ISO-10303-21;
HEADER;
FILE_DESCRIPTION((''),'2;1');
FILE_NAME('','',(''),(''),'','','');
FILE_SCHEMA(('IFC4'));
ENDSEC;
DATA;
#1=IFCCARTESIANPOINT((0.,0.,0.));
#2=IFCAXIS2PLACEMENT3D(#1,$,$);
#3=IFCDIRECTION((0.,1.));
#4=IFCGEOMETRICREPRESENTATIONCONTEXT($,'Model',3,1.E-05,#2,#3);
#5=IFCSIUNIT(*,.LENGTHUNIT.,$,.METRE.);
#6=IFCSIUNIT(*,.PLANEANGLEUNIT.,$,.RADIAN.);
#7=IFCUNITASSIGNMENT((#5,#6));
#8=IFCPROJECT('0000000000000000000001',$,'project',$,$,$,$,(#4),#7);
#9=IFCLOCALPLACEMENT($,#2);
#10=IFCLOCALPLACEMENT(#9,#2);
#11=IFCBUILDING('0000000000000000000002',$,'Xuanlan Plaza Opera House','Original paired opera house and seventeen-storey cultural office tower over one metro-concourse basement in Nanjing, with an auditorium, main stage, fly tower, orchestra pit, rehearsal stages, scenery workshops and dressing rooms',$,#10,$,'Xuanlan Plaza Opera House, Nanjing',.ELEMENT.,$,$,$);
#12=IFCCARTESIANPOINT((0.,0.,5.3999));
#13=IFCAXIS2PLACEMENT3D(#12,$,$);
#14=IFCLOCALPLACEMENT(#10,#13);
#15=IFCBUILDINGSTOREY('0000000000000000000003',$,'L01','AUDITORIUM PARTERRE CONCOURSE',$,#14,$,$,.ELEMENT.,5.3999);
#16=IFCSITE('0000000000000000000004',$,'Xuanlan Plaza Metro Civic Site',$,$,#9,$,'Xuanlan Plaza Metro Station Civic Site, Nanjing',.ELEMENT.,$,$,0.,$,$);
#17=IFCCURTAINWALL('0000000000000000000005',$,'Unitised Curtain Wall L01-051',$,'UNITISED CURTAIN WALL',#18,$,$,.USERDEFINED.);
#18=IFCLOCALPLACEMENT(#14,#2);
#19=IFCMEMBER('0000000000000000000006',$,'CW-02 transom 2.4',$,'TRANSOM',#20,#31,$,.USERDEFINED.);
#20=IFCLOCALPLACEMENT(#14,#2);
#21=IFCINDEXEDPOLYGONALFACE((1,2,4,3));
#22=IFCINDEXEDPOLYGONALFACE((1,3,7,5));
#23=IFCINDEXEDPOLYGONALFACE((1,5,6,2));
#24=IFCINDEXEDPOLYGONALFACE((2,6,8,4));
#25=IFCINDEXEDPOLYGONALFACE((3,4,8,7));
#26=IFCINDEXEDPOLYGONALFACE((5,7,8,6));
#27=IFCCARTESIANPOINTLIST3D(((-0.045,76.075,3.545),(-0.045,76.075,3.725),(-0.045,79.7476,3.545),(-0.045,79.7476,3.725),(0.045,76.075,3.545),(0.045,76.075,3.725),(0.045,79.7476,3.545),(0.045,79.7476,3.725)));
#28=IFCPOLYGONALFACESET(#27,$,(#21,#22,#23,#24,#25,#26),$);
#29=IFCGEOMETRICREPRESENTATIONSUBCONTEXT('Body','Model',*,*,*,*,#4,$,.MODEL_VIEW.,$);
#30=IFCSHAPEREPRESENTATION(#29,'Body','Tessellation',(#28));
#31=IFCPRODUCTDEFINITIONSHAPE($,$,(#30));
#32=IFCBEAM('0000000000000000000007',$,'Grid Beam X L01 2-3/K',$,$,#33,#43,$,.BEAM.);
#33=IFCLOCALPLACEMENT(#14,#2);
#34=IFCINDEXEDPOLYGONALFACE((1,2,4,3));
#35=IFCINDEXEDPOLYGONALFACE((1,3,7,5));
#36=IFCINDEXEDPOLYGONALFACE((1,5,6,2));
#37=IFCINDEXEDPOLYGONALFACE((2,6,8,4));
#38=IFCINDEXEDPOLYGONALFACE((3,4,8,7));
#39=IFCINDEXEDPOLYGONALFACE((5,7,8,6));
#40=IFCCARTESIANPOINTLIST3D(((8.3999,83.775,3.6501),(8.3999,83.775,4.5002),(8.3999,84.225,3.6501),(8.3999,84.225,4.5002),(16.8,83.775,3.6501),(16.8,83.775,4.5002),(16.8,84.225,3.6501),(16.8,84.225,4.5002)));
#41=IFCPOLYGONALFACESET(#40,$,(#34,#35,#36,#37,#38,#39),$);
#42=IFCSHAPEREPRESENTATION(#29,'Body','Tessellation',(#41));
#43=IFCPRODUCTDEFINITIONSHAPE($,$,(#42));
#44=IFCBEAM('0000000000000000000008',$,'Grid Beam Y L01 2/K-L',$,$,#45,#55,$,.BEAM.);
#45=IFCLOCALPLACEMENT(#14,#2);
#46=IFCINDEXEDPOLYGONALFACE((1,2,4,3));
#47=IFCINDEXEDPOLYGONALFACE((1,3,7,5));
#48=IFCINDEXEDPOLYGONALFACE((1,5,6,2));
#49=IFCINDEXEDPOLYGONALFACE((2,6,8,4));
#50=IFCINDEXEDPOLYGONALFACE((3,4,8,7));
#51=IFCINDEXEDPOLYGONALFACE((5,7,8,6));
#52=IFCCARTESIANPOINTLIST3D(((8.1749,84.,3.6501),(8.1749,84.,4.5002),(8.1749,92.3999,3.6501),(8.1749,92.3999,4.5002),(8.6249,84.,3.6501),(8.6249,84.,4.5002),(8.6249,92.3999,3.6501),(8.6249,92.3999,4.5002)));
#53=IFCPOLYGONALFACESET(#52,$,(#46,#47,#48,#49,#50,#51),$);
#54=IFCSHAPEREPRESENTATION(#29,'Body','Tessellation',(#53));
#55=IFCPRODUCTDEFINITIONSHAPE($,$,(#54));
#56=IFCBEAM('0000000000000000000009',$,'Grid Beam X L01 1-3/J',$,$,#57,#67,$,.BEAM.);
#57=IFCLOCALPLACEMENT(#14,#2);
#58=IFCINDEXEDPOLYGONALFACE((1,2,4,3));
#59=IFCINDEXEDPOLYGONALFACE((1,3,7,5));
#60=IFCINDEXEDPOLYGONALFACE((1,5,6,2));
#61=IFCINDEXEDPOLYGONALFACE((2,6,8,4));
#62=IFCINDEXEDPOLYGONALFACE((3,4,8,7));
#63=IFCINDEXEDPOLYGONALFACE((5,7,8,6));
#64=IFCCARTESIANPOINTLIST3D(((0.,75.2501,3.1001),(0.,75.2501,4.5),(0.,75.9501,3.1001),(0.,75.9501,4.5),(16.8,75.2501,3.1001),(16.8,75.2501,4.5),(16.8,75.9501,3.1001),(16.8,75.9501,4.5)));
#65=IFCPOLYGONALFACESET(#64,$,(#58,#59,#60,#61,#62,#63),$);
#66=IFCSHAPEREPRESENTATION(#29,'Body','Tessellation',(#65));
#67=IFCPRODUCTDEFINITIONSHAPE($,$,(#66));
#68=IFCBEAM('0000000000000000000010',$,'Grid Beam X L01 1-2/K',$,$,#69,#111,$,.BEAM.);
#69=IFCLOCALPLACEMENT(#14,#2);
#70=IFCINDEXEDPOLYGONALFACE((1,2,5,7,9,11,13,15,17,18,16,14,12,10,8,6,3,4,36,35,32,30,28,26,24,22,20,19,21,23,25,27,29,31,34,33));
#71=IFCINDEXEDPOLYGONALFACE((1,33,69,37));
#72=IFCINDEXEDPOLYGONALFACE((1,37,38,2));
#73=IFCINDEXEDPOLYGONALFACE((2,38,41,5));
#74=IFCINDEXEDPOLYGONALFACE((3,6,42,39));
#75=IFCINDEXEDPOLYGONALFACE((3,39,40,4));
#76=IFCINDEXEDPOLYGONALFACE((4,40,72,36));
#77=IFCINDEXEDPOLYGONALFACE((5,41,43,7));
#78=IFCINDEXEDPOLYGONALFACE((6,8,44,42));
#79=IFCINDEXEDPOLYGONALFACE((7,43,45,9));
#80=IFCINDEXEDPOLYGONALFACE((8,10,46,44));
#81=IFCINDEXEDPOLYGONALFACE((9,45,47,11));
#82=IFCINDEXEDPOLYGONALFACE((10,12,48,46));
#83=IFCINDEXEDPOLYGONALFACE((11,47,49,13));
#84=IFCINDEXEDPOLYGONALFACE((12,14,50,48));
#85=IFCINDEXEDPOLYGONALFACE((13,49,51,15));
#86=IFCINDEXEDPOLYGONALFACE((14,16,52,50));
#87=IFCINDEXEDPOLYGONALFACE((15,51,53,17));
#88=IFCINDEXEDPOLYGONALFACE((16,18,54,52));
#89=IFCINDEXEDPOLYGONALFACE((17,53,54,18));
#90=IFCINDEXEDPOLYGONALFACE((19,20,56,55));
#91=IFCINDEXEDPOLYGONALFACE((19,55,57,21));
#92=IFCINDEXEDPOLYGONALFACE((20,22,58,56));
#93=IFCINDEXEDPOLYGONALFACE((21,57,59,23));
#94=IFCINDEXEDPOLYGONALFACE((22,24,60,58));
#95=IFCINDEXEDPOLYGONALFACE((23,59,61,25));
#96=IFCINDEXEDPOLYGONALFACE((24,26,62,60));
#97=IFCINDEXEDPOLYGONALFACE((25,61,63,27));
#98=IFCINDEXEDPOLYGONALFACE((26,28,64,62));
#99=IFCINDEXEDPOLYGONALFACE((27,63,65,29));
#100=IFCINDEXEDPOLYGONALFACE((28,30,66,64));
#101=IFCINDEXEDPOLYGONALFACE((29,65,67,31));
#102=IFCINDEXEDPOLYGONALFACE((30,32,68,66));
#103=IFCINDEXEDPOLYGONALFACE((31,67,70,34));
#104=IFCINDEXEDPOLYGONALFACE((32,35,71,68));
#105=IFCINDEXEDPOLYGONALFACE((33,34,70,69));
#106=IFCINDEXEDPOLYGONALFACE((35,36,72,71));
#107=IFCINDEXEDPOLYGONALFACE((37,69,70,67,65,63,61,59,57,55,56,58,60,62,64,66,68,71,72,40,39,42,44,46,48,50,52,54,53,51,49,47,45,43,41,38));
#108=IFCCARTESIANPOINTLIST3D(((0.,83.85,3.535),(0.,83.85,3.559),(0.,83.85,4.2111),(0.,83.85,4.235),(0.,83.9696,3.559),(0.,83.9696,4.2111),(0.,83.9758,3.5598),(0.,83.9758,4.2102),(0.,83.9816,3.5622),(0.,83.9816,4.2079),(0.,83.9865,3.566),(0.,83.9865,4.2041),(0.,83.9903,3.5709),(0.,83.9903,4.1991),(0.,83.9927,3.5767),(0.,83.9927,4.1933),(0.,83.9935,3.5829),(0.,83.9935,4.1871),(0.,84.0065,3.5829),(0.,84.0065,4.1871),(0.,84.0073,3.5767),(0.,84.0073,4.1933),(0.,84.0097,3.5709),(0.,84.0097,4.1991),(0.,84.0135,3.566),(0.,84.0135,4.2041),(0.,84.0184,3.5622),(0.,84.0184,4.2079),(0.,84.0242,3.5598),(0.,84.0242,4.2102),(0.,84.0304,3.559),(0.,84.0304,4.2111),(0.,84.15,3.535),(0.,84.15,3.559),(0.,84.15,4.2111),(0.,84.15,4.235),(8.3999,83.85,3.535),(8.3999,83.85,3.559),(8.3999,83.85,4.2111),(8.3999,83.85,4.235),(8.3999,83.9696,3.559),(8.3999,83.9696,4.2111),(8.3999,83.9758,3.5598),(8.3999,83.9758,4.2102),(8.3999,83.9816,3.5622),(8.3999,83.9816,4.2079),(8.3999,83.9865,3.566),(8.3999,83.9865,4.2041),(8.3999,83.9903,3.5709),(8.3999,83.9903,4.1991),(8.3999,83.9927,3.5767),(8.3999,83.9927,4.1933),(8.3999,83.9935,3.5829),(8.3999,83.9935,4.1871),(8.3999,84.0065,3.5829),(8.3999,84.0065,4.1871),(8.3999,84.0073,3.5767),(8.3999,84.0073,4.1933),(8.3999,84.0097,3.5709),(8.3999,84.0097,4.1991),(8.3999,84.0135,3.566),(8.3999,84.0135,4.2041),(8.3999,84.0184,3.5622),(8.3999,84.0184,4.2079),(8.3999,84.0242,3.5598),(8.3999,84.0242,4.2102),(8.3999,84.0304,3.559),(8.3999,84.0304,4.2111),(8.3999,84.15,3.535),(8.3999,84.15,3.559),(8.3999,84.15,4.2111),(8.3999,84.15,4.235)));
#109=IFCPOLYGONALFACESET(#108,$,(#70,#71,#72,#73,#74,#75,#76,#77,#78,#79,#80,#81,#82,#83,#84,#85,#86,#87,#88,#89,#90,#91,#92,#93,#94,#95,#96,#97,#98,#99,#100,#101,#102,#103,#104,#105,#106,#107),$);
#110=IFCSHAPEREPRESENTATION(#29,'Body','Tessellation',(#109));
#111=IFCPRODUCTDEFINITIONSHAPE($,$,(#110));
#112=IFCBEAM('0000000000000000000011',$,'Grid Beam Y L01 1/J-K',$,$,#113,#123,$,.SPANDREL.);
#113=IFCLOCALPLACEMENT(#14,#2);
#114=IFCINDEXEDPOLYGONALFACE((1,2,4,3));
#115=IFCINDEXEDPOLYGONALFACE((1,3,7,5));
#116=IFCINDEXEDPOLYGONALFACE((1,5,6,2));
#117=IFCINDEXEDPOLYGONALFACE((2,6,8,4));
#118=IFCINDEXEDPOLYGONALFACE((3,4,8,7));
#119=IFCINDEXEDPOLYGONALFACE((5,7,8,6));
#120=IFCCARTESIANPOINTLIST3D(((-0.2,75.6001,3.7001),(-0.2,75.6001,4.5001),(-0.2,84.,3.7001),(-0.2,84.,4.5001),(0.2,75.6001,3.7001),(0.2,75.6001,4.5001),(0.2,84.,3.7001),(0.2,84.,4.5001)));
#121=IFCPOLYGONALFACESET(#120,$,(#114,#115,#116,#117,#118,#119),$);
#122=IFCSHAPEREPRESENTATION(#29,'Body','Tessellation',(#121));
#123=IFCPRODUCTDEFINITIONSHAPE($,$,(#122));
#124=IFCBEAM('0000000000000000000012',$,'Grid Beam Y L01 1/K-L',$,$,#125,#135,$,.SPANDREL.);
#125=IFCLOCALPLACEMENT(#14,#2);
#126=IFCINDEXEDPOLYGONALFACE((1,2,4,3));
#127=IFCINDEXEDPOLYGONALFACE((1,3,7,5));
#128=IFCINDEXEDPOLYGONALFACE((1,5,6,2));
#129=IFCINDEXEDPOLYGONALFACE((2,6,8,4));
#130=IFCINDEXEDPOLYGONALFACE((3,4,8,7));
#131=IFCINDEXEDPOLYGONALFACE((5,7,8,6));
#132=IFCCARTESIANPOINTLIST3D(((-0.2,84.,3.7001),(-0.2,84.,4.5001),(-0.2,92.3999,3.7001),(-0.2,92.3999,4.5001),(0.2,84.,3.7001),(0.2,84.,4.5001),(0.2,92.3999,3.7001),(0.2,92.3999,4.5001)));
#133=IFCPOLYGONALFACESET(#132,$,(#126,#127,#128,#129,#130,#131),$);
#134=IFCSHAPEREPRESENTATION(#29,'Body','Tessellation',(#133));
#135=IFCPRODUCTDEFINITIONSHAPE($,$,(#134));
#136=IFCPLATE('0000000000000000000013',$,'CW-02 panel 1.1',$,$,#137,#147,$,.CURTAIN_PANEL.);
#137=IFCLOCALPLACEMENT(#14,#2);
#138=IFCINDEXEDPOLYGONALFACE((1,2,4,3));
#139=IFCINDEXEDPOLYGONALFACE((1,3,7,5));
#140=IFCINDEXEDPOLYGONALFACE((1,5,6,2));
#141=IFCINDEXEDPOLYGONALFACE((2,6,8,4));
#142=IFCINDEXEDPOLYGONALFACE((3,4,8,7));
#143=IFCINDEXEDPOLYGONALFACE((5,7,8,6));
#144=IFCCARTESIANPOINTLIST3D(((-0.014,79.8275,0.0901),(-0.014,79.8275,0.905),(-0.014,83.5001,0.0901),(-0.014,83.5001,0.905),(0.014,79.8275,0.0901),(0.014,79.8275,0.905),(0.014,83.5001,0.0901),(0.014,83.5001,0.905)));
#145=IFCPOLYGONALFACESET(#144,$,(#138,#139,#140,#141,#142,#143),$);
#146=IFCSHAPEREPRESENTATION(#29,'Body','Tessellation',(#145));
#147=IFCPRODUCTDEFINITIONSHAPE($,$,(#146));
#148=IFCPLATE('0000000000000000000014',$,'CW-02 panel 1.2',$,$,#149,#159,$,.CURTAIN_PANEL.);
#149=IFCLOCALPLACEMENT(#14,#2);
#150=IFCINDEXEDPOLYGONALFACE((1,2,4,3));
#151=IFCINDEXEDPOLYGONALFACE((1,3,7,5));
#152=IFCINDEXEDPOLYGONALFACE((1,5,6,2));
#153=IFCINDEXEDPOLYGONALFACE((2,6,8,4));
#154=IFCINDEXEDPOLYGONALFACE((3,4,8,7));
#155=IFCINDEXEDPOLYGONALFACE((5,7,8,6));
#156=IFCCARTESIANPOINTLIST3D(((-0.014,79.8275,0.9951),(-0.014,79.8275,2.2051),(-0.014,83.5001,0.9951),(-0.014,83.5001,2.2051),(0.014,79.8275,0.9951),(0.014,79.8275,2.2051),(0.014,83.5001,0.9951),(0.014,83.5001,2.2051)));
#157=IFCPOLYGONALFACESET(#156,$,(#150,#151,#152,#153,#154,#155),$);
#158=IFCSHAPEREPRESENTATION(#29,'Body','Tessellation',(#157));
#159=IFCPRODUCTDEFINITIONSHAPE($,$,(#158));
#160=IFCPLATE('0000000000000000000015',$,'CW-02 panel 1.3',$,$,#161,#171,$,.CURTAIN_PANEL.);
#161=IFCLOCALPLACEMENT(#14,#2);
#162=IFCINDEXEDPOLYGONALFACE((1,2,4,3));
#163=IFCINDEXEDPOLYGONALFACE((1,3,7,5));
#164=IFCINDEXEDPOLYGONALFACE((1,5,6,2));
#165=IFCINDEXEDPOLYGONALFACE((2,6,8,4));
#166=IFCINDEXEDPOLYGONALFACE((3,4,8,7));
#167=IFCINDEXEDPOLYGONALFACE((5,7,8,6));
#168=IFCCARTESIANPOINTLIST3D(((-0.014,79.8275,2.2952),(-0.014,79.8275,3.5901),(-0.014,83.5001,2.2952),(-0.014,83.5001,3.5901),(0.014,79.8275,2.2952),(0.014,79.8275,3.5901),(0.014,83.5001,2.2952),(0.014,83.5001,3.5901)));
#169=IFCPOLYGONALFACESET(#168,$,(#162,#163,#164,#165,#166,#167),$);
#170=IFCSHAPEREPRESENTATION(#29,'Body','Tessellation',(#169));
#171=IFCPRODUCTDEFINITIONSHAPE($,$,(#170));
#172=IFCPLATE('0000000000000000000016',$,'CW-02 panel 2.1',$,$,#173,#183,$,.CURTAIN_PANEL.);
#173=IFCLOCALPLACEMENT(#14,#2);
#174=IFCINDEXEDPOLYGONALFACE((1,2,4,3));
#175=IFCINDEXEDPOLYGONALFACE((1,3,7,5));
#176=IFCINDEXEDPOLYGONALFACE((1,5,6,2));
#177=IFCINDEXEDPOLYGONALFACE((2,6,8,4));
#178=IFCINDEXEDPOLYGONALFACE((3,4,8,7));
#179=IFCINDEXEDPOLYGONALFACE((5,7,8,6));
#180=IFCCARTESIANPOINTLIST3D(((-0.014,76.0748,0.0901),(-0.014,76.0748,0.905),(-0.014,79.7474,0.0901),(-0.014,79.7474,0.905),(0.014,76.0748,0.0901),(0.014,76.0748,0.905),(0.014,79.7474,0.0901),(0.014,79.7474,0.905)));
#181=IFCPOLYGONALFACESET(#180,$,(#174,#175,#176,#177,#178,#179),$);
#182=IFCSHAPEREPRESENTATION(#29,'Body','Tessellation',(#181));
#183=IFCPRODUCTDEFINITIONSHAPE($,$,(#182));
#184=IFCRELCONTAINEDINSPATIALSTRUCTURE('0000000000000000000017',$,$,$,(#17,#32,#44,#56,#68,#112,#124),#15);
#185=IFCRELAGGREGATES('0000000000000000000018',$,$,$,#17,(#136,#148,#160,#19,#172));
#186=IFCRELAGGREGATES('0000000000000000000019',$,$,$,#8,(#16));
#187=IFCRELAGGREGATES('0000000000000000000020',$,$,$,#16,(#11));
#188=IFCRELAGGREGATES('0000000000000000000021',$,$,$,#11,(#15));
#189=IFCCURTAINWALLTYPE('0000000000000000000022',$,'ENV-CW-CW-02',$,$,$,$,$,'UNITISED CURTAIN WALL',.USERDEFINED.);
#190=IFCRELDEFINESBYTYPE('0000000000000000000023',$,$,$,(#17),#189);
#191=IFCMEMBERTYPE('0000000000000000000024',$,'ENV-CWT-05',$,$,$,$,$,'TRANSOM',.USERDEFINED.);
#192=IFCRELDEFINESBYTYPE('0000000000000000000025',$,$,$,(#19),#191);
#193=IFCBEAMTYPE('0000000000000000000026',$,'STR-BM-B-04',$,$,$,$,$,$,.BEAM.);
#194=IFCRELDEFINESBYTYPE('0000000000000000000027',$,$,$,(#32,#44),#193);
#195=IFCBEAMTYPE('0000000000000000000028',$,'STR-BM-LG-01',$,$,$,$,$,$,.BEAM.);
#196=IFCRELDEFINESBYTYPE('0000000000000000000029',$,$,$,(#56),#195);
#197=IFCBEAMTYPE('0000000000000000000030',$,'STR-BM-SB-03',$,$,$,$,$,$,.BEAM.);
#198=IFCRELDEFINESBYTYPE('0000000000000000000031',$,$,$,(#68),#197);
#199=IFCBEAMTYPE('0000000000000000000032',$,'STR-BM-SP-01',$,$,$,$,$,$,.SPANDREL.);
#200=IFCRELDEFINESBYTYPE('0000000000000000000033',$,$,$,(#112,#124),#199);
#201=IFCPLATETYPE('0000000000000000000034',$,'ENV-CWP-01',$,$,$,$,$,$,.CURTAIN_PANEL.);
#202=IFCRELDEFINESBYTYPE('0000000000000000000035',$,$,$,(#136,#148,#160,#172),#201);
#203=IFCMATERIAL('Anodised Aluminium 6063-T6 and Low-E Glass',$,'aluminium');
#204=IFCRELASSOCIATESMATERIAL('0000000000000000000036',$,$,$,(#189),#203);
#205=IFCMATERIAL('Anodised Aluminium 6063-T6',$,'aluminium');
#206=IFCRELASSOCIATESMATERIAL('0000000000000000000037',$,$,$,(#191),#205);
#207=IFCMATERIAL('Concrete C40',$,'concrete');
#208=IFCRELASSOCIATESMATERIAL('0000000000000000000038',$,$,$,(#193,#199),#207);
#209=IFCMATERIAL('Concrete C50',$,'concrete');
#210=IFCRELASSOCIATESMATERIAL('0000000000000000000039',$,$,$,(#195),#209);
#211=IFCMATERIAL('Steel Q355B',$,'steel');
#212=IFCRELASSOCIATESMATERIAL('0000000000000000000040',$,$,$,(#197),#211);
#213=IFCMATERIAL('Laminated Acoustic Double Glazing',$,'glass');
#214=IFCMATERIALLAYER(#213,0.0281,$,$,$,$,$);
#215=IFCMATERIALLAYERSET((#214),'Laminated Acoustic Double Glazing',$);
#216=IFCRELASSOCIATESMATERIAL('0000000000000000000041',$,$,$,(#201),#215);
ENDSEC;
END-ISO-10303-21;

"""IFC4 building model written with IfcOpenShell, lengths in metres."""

from ifc_helpers import new_model, si_unit, direction, frame, origin, origin_2d, place, context, subcontext, project, spatial, rectangle, i_section, extrude, material, layer, layer_set, material_profile, profile_set, type_object, element, aggregate, save


model = new_model("IFC4")

# Units and contexts
model_context = context("Model", 3, precision=1e-05, world=origin(), true_north=direction((0.0, 1.0)))
body_context = subcontext(model_context, "Body", "Model", "MODEL_VIEW")
ifc_project = project(units=[si_unit("LENGTHUNIT", "METRE"), si_unit("PLANEANGLEUNIT", "RADIAN")], contexts=[model_context])

# Site, building, storey
site_placement = place(None, origin())
site = spatial("IfcSite", under=ifc_project, at=site_placement, Name="Xuanlan Plaza Metro Civic Site", LongName="Xuanlan Plaza Metro Station Civic Site, Nanjing", CompositionType="ELEMENT", RefElevation=0.0)
building_placement = place(site_placement, origin())
building = spatial("IfcBuilding", under=site, at=building_placement, Name="Xuanlan Plaza Opera House", Description="Original paired opera house and seventeen-storey cultural office tower over one metro-concourse basement in Nanjing, with an auditorium, main stage, fly tower, orchestra pit, rehearsal stages, scenery workshops and dressing rooms", LongName="Xuanlan Plaza Opera House, Nanjing", CompositionType="ELEMENT")
storey_placement = place(building_placement, frame((0.0, 0.0, 5.3999)))
storey = spatial("IfcBuildingStorey", under=building, at=storey_placement, Name="L01", Description="AUDITORIUM PARTERRE CONCOURSE", CompositionType="ELEMENT", Elevation=5.3999)

# Shared definitions
ifc_material_1 = material(Name="Concrete C40", Category="concrete")

# Curtain wall, member
ifc_material_2 = material(Name="Anodised Aluminium 6063-T6 and Low-E Glass", Category="aluminium")
curtain_wall_type = type_object("IfcCurtainWallType", Name="ENV-CW-CW-02", ElementType="UNITISED CURTAIN WALL", PredefinedType="USERDEFINED", material=ifc_material_2)
curtain_wall_placement = place(storey_placement, origin())
curtain_wall = element("IfcCurtainWall", 1, at=curtain_wall_placement, inside=storey, type_object=curtain_wall_type, Name="Unitised Curtain Wall L01-051", ObjectType="UNITISED CURTAIN WALL", PredefinedType="USERDEFINED")
ifc_material_3 = material(Name="Anodised Aluminium 6063-T6", Category="aluminium")
ifc_material_profile_1 = material_profile(ifc_material_3, rectangle(XDim=0.0901, YDim=0.1799, at=origin_2d()), Name="ALU-T 90x180")
ifc_profile_set_1 = profile_set([ifc_material_profile_1], Name="Anodised Aluminium 6063-T6")
member_type_1 = type_object("IfcMemberType", Name="ENV-CWT-05", ElementType="TRANSOM", PredefinedType="USERDEFINED", material=ifc_profile_set_1)
member_1_placement = place(storey_placement, frame((0.0, 79.7476, 3.635), z_axis=(0.0, -1.0, 0.0), x_axis=(1.0, 0.0, 0.0)))
member_1 = element("IfcMember", 2, at=member_1_placement, type_object=member_type_1, Name="CW-02 transom 2.4", ObjectType="TRANSOM", PredefinedType="USERDEFINED", context=body_context, shape_type="SweptSolid", body=[
    extrude(rectangle(XDim=0.0901, YDim=0.1799, at=origin_2d()), origin(), (0.0, 0.0, 1.0), 3.6726),
])

# Beams
ifc_material_profile_2 = material_profile(ifc_material_1, rectangle(XDim=0.45, YDim=0.8501, at=origin_2d()), Name="RC-BM 450x850")
ifc_profile_set_2 = profile_set([ifc_material_profile_2], Name="Concrete C40")
beam_type_1 = type_object("IfcBeamType", Name="STR-BM-B-04", PredefinedType="BEAM", material=ifc_profile_set_2)
beam_1_placement = place(storey_placement, frame((8.3999, 84.0, 4.0752), z_axis=(1.0, 0.0, 0.0), x_axis=(0.0, 1.0, 0.0)))
element("IfcBeam", 3, at=beam_1_placement, inside=storey, type_object=beam_type_1, Name="Grid Beam X L01 2-3/K", PredefinedType="BEAM", context=body_context, shape_type="SweptSolid", body=[
    extrude(rectangle(XDim=0.45, YDim=0.8501, at=origin_2d()), origin(), (0.0, 0.0, 1.0), 8.4001),
])
beam_2_placement = place(storey_placement, frame((8.3999, 84.0, 4.0752), z_axis=(0.0, 1.0, 0.0), x_axis=(-1.0, 0.0, 0.0)))
element("IfcBeam", 4, at=beam_2_placement, inside=storey, type_object=beam_type_1, Name="Grid Beam Y L01 2/K-L", PredefinedType="BEAM", context=body_context, shape_type="SweptSolid", body=[
    extrude(rectangle(XDim=0.45, YDim=0.8501, at=origin_2d()), origin(), (0.0, 0.0, 1.0), 8.3999),
])
ifc_material_4 = material(Name="Concrete C50", Category="concrete")
ifc_material_profile_3 = material_profile(ifc_material_4, rectangle(XDim=0.7, YDim=1.3999, at=origin_2d()), Name="RC-LG 700x1400")
ifc_profile_set_3 = profile_set([ifc_material_profile_3], Name="Concrete C50")
beam_type_2 = type_object("IfcBeamType", Name="STR-BM-LG-01", PredefinedType="BEAM", material=ifc_profile_set_3)
beam_3_placement = place(storey_placement, frame((0.0, 75.6001, 3.8), z_axis=(1.0, 0.0, 0.0), x_axis=(0.0, 1.0, 0.0)))
element("IfcBeam", 5, at=beam_3_placement, inside=storey, type_object=beam_type_2, Name="Grid Beam X L01 1-3/J", PredefinedType="BEAM", context=body_context, shape_type="SweptSolid", body=[
    extrude(rectangle(XDim=0.7, YDim=1.3999, at=origin_2d()), origin(), (0.0, 0.0, 1.0), 16.8),
])
ifc_material_5 = material(Name="Steel Q355B", Category="steel")
ifc_material_profile_4 = material_profile(ifc_material_5, i_section(OverallWidth=0.3, OverallDepth=0.7, WebThickness=0.0129, FlangeThickness=0.0239, FilletRadius=0.0239, at=origin_2d()), Name="HN 700x300x13x24")
ifc_profile_set_4 = profile_set([ifc_material_profile_4], Name="Steel Q355B")
beam_type_3 = type_object("IfcBeamType", Name="STR-BM-SB-03", PredefinedType="BEAM", material=ifc_profile_set_4)
beam_4_placement = place(storey_placement, frame((0.0, 84.0, 3.885), z_axis=(1.0, 0.0, 0.0), x_axis=(0.0, 1.0, 0.0)))
element("IfcBeam", 6, at=beam_4_placement, inside=storey, type_object=beam_type_3, Name="Grid Beam X L01 1-2/K", PredefinedType="BEAM", context=body_context, shape_type="SweptSolid", body=[
    extrude(i_section(OverallWidth=0.3, OverallDepth=0.7, WebThickness=0.0129, FlangeThickness=0.0239, FilletRadius=0.0239, at=origin_2d()), origin(), (0.0, 0.0, 1.0), 8.3999),
])
ifc_material_profile_5 = material_profile(ifc_material_1, rectangle(XDim=0.3999, YDim=0.8, at=origin_2d()), Name="RC-SPD 400x800")
ifc_profile_set_5 = profile_set([ifc_material_profile_5], Name="Concrete C40")
beam_type_4 = type_object("IfcBeamType", Name="STR-BM-SP-01", PredefinedType="SPANDREL", material=ifc_profile_set_5)
for number, where, z_axis, x_axis, name in (
    (7, (0.0, 75.6001, 4.1001), (0.0, 1.0, 0.0), (-1.0, 0.0, 0.0), "Grid Beam Y L01 1/J-K"),
    (8, (0.0, 84.0, 4.1001), (0.0, 1.0, 0.0), (-1.0, 0.0, 0.0), "Grid Beam Y L01 1/K-L"),
):
    element("IfcBeam", number, at=place(storey_placement, frame(where, z_axis=z_axis, x_axis=x_axis)), inside=storey, type_object=beam_type_4, Name=name, PredefinedType="SPANDREL", context=body_context, shape_type="SweptSolid", body=[
        extrude(rectangle(XDim=0.3999, YDim=0.8, at=origin_2d()), origin(), (0.0, 0.0, 1.0), 8.3999),
    ])

# Plates
ifc_material_6 = material(Name="Laminated Acoustic Double Glazing", Category="glass")
ifc_layer_1 = layer(ifc_material_6, 0.0281)
ifc_layer_set_1 = layer_set([ifc_layer_1], Name="Laminated Acoustic Double Glazing")
plate_type = type_object("IfcPlateType", Name="ENV-CWP-01", PredefinedType="CURTAIN_PANEL", material=ifc_layer_set_1)
plate_1_placement = place(storey_placement, frame((0.0, 81.6638, 0.0901), z_axis=(0.0, 0.0, 1.0), x_axis=(0.0, -1.0, 0.0)))
plate_1 = element("IfcPlate", 9, at=plate_1_placement, type_object=plate_type, Name="CW-02 panel 1.1", PredefinedType="CURTAIN_PANEL", context=body_context, shape_type="SweptSolid", body=[
    extrude(rectangle(XDim=3.6726, YDim=0.0281, at=origin_2d()), origin(), (0.0, 0.0, 1.0), 0.8149),
])
plate_2_placement = place(storey_placement, frame((0.0, 81.6638, 0.9951), z_axis=(0.0, 0.0, 1.0), x_axis=(0.0, -1.0, 0.0)))
plate_2 = element("IfcPlate", 10, at=plate_2_placement, type_object=plate_type, Name="CW-02 panel 1.2", PredefinedType="CURTAIN_PANEL", context=body_context, shape_type="SweptSolid", body=[
    extrude(rectangle(XDim=3.6726, YDim=0.0281, at=origin_2d()), origin(), (0.0, 0.0, 1.0), 1.21),
])
plate_3_placement = place(storey_placement, frame((0.0, 81.6638, 2.2952), z_axis=(0.0, 0.0, 1.0), x_axis=(0.0, -1.0, 0.0)))
plate_3 = element("IfcPlate", 11, at=plate_3_placement, type_object=plate_type, Name="CW-02 panel 1.3", PredefinedType="CURTAIN_PANEL", context=body_context, shape_type="SweptSolid", body=[
    extrude(rectangle(XDim=3.6726, YDim=0.0281, at=origin_2d()), origin(), (0.0, 0.0, 1.0), 1.2949),
])
plate_4_placement = place(storey_placement, frame((0.0, 77.9111, 0.0901), z_axis=(0.0, 0.0, 1.0), x_axis=(0.0, -1.0, 0.0)))
plate_4 = element("IfcPlate", 12, at=plate_4_placement, type_object=plate_type, Name="CW-02 panel 2.1", PredefinedType="CURTAIN_PANEL", context=body_context, shape_type="SweptSolid", body=[
    extrude(rectangle(XDim=3.6726, YDim=0.0281, at=origin_2d()), origin(), (0.0, 0.0, 1.0), 0.8149),
])
aggregate(curtain_wall, [plate_1, plate_2, plate_3, member_1, plate_4])

save(model, "model.ifc")
